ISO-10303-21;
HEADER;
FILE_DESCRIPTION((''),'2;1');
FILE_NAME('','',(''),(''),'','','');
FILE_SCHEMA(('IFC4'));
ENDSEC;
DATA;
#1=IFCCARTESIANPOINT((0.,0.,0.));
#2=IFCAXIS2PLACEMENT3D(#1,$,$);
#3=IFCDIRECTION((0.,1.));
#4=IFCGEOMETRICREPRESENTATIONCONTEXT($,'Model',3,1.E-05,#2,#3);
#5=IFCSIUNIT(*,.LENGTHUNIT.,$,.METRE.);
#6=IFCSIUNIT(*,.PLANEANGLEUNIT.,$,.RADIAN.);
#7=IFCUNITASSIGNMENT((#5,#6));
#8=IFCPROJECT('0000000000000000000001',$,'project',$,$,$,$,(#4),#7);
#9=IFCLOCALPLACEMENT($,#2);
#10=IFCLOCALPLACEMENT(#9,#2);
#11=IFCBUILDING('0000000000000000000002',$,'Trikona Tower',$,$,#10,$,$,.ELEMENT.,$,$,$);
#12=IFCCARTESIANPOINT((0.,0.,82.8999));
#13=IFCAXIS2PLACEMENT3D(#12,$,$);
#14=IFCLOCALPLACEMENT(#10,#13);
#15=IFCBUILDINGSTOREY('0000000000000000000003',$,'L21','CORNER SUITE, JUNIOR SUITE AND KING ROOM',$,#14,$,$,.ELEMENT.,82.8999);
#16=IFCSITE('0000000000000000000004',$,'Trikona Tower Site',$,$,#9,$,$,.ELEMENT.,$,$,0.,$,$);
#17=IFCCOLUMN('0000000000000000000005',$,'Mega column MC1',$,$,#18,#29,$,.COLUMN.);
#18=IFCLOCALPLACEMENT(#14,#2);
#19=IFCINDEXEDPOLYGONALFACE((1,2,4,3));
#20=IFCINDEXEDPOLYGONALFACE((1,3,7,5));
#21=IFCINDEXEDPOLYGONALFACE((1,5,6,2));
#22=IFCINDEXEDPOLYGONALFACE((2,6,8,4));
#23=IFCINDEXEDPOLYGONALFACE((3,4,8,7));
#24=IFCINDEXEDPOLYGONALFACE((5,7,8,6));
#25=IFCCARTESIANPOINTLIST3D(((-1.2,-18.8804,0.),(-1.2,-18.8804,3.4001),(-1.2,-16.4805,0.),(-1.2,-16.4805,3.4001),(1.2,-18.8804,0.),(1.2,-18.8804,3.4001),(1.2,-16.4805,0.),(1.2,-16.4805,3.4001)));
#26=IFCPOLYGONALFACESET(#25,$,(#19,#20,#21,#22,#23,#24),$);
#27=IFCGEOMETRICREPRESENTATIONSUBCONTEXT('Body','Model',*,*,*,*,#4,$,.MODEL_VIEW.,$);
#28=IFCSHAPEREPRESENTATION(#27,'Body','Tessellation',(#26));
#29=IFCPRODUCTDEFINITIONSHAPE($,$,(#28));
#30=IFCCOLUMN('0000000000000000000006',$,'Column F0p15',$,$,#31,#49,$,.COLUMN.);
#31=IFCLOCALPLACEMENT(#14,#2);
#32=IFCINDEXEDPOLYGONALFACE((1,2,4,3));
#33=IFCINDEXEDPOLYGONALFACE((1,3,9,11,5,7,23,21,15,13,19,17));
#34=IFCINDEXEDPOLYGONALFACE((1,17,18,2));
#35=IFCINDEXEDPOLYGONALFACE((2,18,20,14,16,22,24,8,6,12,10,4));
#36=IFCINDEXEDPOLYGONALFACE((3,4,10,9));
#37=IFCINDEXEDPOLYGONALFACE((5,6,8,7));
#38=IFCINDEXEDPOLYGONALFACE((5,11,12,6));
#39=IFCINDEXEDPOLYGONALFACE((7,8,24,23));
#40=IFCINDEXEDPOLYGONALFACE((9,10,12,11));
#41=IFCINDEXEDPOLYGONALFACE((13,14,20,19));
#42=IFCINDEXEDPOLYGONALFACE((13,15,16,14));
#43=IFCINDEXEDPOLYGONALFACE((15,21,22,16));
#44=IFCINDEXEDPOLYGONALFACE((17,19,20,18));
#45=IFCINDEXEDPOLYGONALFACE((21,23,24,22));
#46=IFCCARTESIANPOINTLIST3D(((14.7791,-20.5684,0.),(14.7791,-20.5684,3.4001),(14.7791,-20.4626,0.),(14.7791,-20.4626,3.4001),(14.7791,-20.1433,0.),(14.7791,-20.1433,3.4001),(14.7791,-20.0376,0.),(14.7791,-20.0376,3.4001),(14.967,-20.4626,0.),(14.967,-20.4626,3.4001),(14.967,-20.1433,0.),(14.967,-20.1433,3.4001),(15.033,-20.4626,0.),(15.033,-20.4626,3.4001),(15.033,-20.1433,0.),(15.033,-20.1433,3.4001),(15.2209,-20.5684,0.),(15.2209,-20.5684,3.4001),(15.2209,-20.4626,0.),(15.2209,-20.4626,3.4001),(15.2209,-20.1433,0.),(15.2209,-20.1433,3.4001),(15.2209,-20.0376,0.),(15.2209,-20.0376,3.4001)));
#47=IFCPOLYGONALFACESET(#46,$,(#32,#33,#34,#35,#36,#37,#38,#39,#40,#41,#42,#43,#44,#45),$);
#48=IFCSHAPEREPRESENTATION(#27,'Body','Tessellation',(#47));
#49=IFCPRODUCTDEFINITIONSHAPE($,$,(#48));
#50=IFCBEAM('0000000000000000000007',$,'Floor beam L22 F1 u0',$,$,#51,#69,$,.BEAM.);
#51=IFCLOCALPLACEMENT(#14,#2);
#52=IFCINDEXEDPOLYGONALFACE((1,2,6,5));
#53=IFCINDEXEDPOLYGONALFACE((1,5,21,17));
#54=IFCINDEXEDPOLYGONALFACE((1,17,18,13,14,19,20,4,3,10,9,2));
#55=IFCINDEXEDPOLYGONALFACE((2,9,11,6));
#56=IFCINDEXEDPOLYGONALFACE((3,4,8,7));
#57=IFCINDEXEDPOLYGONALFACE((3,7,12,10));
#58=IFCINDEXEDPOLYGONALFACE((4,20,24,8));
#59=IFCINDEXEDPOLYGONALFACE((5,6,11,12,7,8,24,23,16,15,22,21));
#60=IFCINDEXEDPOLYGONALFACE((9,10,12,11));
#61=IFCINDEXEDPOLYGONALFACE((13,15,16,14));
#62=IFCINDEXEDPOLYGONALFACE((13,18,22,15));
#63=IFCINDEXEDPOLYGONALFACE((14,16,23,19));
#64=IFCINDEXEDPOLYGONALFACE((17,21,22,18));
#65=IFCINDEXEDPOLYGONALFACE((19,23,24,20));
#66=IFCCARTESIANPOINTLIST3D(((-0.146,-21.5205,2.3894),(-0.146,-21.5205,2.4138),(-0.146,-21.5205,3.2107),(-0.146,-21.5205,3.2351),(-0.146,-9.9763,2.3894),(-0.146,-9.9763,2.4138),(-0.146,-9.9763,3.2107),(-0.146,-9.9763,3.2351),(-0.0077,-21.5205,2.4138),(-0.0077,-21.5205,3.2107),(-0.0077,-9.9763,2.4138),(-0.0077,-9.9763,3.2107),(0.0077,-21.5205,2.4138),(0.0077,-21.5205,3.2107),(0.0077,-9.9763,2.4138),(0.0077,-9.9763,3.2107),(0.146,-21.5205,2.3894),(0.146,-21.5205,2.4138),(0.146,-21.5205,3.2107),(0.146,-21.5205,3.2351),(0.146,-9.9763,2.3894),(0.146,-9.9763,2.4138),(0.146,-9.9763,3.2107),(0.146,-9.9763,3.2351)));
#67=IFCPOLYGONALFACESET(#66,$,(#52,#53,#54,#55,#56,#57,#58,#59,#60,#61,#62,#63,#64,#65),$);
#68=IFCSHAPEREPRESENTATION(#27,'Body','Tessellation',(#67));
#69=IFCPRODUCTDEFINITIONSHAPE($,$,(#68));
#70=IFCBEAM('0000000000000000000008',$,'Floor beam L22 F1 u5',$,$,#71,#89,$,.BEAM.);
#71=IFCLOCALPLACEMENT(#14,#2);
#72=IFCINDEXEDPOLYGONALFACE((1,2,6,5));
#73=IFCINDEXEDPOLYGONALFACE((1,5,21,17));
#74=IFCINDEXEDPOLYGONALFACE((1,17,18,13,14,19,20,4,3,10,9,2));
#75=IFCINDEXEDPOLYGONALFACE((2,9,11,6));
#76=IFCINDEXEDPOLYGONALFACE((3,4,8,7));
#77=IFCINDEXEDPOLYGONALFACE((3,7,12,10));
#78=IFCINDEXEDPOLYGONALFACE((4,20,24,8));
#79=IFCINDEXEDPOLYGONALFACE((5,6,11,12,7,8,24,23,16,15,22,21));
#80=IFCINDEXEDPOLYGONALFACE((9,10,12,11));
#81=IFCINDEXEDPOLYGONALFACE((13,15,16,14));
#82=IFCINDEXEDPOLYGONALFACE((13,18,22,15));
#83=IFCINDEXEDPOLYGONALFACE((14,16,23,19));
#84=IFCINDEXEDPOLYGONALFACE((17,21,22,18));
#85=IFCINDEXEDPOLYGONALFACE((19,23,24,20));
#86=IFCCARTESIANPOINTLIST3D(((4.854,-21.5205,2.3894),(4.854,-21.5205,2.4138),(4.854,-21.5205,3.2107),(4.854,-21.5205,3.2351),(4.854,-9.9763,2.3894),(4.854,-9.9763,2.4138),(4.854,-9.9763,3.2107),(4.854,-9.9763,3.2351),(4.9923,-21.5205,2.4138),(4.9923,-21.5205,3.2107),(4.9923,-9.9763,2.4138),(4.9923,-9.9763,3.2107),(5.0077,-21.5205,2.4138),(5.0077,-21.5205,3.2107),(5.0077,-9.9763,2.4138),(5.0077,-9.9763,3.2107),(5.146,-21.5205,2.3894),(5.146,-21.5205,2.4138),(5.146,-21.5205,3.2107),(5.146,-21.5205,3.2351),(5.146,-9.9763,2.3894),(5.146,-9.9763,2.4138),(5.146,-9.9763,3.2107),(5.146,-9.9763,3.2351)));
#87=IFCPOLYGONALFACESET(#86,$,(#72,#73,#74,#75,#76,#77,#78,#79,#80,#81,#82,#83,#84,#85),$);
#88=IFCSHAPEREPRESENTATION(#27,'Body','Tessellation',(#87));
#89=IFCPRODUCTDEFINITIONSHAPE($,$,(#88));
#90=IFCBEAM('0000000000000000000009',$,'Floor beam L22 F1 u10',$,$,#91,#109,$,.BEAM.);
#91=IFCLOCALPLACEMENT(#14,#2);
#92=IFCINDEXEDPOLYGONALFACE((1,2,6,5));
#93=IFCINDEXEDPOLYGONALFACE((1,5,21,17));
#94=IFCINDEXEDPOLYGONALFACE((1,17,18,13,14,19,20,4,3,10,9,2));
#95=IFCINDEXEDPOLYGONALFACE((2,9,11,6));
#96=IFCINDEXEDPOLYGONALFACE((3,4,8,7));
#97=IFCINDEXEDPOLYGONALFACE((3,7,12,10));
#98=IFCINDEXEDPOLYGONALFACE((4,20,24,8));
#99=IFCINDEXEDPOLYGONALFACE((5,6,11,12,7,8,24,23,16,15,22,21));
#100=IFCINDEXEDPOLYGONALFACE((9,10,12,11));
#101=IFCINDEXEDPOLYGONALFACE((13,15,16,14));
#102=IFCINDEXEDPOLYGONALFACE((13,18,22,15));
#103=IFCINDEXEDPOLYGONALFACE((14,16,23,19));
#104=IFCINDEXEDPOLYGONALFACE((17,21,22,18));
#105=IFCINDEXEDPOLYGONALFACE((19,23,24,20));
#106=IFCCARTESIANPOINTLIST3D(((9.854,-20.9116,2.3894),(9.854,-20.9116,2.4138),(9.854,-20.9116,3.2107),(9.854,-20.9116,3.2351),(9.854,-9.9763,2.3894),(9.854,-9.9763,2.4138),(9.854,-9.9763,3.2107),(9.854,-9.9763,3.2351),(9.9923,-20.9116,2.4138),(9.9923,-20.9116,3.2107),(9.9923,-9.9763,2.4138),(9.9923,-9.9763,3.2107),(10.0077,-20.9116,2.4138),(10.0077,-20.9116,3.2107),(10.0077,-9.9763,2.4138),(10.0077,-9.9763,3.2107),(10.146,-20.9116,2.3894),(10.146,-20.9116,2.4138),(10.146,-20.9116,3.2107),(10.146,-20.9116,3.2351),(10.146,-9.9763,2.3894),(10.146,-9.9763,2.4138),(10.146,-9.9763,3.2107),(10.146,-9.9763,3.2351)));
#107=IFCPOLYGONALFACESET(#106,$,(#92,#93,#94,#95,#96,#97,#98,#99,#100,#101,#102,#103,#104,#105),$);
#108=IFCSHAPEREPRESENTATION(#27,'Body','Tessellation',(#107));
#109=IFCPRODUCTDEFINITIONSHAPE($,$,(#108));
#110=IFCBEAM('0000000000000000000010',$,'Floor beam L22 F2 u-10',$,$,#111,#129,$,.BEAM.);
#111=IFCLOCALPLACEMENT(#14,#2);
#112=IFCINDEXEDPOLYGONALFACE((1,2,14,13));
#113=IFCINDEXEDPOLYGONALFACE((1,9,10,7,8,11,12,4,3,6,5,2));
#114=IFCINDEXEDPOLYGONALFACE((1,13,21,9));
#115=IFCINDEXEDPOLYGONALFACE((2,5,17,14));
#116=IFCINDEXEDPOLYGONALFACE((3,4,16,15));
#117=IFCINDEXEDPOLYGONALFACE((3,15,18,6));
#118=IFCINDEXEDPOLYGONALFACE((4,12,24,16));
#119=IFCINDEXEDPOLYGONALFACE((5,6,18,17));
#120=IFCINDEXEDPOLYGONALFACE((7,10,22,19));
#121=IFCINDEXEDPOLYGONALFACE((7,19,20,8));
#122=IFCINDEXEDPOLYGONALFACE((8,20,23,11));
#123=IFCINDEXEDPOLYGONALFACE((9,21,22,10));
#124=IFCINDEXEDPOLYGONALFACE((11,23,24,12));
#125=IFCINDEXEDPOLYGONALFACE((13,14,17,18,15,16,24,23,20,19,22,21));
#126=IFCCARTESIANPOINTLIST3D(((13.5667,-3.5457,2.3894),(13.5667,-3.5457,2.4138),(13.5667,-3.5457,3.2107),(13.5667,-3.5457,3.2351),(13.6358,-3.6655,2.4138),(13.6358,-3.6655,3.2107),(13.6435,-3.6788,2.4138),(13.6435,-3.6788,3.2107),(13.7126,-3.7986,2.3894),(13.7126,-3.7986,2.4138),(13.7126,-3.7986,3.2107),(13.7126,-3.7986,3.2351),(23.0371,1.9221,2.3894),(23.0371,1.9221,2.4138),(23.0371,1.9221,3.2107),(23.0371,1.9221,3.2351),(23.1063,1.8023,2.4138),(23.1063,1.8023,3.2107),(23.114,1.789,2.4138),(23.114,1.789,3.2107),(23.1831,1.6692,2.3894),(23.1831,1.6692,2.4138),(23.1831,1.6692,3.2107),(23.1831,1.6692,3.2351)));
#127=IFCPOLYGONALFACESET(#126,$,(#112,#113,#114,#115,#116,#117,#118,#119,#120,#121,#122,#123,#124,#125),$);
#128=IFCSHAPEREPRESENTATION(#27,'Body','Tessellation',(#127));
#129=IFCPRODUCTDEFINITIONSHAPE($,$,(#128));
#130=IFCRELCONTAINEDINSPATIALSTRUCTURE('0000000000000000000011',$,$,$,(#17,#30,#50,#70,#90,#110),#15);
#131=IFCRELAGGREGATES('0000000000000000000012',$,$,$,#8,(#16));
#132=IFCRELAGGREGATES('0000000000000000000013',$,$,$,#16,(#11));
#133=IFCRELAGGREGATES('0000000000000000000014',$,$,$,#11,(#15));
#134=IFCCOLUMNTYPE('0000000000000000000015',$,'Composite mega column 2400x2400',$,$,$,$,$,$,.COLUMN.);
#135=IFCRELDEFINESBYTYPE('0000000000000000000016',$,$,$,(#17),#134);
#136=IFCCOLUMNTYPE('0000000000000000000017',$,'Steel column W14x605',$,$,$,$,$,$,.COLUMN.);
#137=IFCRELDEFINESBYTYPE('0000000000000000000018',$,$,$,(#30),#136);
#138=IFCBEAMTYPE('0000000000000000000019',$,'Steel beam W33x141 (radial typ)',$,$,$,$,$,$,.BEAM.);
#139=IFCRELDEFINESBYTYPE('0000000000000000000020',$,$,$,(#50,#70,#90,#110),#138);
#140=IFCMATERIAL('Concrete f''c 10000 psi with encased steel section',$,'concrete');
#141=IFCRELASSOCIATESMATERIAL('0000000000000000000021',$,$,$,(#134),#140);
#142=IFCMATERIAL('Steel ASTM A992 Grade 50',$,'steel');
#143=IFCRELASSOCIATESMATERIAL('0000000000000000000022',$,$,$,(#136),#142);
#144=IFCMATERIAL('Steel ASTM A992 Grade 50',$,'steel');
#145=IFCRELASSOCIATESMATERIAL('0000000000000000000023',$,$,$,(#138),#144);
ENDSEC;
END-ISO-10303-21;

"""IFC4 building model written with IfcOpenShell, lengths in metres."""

from ifc_helpers import new_model, si_unit, direction, frame, origin, origin_2d, place, context, subcontext, project, spatial, rectangle, i_section, extrude, material, material_profile, profile_set, type_object, element, save


model = new_model("IFC4")

# Units and contexts
model_context = context("Model", 3, precision=1e-05, world=origin(), true_north=direction((0.0, 1.0)))
body_context = subcontext(model_context, "Body", "Model", "MODEL_VIEW")
ifc_project = project(units=[si_unit("LENGTHUNIT", "METRE"), si_unit("PLANEANGLEUNIT", "RADIAN")], contexts=[model_context])

# Site, building, storey
site_placement = place(None, origin())
site = spatial("IfcSite", under=ifc_project, at=site_placement, Name="Trikona Tower Site", CompositionType="ELEMENT", RefElevation=0.0)
building_placement = place(site_placement, origin())
building = spatial("IfcBuilding", under=site, at=building_placement, Name="Trikona Tower", CompositionType="ELEMENT")
storey_placement = place(building_placement, frame((0.0, 0.0, 82.8999)))
storey = spatial("IfcBuildingStorey", under=building, at=storey_placement, Name="L21", Description="CORNER SUITE, JUNIOR SUITE AND KING ROOM", CompositionType="ELEMENT", Elevation=82.8999)

# Columns
ifc_material_1 = material(Name="Concrete f'c 10000 psi with encased steel section", Category="concrete")
ifc_material_profile_1 = material_profile(ifc_material_1, rectangle(XDim=2.3999, YDim=2.3999, at=origin_2d()), Name="MC2400")
ifc_profile_set_1 = profile_set([ifc_material_profile_1], Name="Concrete f'c 10000 psi with encased steel section")
column_type_1 = type_object("IfcColumnType", Name="Composite mega column 2400x2400", PredefinedType="COLUMN", material=ifc_profile_set_1)
column_1_placement = place(storey_placement, frame((0.0, -17.6804, 0.0), z_axis=(0.0, 0.0, 1.0), x_axis=(0.0, -1.0, 0.0)))
element("IfcColumn", 1, at=column_1_placement, inside=storey, type_object=column_type_1, Name="Mega column MC1", PredefinedType="COLUMN", context=body_context, shape_type="SweptSolid", body=[
    extrude(rectangle(XDim=2.3999, YDim=2.3999, at=origin_2d()), origin(), (0.0, 0.0, 1.0), 3.4001),
])
ifc_material_2 = material(Name="Steel ASTM A992 Grade 50", Category="steel")
ifc_material_profile_2 = material_profile(ifc_material_2, i_section(OverallWidth=0.4419, OverallDepth=0.5308, WebThickness=0.0659, FlangeThickness=0.1057, at=origin_2d()), Name="W14X605")
ifc_profile_set_2 = profile_set([ifc_material_profile_2], Name="Steel ASTM A992 Grade 50")
column_type_2 = type_object("IfcColumnType", Name="Steel column W14x605", PredefinedType="COLUMN", material=ifc_profile_set_2)
column_2_placement = place(storey_placement, frame((15.0, -20.303, 0.0), z_axis=(0.0, 0.0, 1.0), x_axis=(1.0, 0.0, 0.0)))
element("IfcColumn", 2, at=column_2_placement, inside=storey, type_object=column_type_2, Name="Column F0p15", PredefinedType="COLUMN", context=body_context, shape_type="SweptSolid", body=[
    extrude(i_section(OverallWidth=0.4419, OverallDepth=0.5308, WebThickness=0.0659, FlangeThickness=0.1057, at=origin_2d()), origin(), (0.0, 0.0, 1.0), 3.4001),
])

# Beams
ifc_material_3 = material(Name="Steel ASTM A992 Grade 50", Category="steel")
ifc_material_profile_3 = material_profile(ifc_material_3, i_section(OverallWidth=0.292, OverallDepth=0.8457, WebThickness=0.0154, FlangeThickness=0.0244, at=origin_2d()), Name="W33X141")
ifc_profile_set_3 = profile_set([ifc_material_profile_3], Name="Steel ASTM A992 Grade 50")
beam_type = type_object("IfcBeamType", Name="Steel beam W33x141 (radial typ)", PredefinedType="BEAM", material=ifc_profile_set_3)
for number, where, z_axis, x_axis, name in (
    (3, (0.0, -9.9763, 2.8123), (0.0, -1.0, 0.0), (1.0, 0.0, 0.0), "Floor beam L22 F1 u0"),
    (4, (5.0, -9.9763, 2.8123), (0.0, -1.0, 0.0), (1.0, 0.0, 0.0), "Floor beam L22 F1 u5"),
):
    element("IfcBeam", number, at=place(storey_placement, frame(where, z_axis=z_axis, x_axis=x_axis)), inside=storey, type_object=beam_type, Name=name, PredefinedType="BEAM", context=body_context, shape_type="SweptSolid", body=[
        extrude(i_section(OverallWidth=0.292, OverallDepth=0.8457, WebThickness=0.0154, FlangeThickness=0.0244, at=origin_2d()), origin(), (0.0, 0.0, 1.0), 11.5442),
    ])
beam_1_placement = place(storey_placement, frame((10.0, -9.9763, 2.8123), z_axis=(0.0, -1.0, 0.0), x_axis=(1.0, 0.0, 0.0)))
element("IfcBeam", 5, at=beam_1_placement, inside=storey, type_object=beam_type, Name="Floor beam L22 F1 u10", PredefinedType="BEAM", context=body_context, shape_type="SweptSolid", body=[
    extrude(i_section(OverallWidth=0.292, OverallDepth=0.8457, WebThickness=0.0154, FlangeThickness=0.0244, at=origin_2d()), origin(), (0.0, 0.0, 1.0), 10.9353),
])
beam_2_placement = place(storey_placement, frame((13.6396, -3.6721, 2.8123), z_axis=(0.866025, 0.5, 0.0), x_axis=(-0.5, 0.866025, 0.0)))
element("IfcBeam", 6, at=beam_2_placement, inside=storey, type_object=beam_type, Name="Floor beam L22 F2 u-10", PredefinedType="BEAM", context=body_context, shape_type="SweptSolid", body=[
    extrude(i_section(OverallWidth=0.292, OverallDepth=0.8457, WebThickness=0.0154, FlangeThickness=0.0244, at=origin_2d()), origin(), (0.0, 0.0, 1.0), 10.9355),
])

save(model, "model.ifc")
